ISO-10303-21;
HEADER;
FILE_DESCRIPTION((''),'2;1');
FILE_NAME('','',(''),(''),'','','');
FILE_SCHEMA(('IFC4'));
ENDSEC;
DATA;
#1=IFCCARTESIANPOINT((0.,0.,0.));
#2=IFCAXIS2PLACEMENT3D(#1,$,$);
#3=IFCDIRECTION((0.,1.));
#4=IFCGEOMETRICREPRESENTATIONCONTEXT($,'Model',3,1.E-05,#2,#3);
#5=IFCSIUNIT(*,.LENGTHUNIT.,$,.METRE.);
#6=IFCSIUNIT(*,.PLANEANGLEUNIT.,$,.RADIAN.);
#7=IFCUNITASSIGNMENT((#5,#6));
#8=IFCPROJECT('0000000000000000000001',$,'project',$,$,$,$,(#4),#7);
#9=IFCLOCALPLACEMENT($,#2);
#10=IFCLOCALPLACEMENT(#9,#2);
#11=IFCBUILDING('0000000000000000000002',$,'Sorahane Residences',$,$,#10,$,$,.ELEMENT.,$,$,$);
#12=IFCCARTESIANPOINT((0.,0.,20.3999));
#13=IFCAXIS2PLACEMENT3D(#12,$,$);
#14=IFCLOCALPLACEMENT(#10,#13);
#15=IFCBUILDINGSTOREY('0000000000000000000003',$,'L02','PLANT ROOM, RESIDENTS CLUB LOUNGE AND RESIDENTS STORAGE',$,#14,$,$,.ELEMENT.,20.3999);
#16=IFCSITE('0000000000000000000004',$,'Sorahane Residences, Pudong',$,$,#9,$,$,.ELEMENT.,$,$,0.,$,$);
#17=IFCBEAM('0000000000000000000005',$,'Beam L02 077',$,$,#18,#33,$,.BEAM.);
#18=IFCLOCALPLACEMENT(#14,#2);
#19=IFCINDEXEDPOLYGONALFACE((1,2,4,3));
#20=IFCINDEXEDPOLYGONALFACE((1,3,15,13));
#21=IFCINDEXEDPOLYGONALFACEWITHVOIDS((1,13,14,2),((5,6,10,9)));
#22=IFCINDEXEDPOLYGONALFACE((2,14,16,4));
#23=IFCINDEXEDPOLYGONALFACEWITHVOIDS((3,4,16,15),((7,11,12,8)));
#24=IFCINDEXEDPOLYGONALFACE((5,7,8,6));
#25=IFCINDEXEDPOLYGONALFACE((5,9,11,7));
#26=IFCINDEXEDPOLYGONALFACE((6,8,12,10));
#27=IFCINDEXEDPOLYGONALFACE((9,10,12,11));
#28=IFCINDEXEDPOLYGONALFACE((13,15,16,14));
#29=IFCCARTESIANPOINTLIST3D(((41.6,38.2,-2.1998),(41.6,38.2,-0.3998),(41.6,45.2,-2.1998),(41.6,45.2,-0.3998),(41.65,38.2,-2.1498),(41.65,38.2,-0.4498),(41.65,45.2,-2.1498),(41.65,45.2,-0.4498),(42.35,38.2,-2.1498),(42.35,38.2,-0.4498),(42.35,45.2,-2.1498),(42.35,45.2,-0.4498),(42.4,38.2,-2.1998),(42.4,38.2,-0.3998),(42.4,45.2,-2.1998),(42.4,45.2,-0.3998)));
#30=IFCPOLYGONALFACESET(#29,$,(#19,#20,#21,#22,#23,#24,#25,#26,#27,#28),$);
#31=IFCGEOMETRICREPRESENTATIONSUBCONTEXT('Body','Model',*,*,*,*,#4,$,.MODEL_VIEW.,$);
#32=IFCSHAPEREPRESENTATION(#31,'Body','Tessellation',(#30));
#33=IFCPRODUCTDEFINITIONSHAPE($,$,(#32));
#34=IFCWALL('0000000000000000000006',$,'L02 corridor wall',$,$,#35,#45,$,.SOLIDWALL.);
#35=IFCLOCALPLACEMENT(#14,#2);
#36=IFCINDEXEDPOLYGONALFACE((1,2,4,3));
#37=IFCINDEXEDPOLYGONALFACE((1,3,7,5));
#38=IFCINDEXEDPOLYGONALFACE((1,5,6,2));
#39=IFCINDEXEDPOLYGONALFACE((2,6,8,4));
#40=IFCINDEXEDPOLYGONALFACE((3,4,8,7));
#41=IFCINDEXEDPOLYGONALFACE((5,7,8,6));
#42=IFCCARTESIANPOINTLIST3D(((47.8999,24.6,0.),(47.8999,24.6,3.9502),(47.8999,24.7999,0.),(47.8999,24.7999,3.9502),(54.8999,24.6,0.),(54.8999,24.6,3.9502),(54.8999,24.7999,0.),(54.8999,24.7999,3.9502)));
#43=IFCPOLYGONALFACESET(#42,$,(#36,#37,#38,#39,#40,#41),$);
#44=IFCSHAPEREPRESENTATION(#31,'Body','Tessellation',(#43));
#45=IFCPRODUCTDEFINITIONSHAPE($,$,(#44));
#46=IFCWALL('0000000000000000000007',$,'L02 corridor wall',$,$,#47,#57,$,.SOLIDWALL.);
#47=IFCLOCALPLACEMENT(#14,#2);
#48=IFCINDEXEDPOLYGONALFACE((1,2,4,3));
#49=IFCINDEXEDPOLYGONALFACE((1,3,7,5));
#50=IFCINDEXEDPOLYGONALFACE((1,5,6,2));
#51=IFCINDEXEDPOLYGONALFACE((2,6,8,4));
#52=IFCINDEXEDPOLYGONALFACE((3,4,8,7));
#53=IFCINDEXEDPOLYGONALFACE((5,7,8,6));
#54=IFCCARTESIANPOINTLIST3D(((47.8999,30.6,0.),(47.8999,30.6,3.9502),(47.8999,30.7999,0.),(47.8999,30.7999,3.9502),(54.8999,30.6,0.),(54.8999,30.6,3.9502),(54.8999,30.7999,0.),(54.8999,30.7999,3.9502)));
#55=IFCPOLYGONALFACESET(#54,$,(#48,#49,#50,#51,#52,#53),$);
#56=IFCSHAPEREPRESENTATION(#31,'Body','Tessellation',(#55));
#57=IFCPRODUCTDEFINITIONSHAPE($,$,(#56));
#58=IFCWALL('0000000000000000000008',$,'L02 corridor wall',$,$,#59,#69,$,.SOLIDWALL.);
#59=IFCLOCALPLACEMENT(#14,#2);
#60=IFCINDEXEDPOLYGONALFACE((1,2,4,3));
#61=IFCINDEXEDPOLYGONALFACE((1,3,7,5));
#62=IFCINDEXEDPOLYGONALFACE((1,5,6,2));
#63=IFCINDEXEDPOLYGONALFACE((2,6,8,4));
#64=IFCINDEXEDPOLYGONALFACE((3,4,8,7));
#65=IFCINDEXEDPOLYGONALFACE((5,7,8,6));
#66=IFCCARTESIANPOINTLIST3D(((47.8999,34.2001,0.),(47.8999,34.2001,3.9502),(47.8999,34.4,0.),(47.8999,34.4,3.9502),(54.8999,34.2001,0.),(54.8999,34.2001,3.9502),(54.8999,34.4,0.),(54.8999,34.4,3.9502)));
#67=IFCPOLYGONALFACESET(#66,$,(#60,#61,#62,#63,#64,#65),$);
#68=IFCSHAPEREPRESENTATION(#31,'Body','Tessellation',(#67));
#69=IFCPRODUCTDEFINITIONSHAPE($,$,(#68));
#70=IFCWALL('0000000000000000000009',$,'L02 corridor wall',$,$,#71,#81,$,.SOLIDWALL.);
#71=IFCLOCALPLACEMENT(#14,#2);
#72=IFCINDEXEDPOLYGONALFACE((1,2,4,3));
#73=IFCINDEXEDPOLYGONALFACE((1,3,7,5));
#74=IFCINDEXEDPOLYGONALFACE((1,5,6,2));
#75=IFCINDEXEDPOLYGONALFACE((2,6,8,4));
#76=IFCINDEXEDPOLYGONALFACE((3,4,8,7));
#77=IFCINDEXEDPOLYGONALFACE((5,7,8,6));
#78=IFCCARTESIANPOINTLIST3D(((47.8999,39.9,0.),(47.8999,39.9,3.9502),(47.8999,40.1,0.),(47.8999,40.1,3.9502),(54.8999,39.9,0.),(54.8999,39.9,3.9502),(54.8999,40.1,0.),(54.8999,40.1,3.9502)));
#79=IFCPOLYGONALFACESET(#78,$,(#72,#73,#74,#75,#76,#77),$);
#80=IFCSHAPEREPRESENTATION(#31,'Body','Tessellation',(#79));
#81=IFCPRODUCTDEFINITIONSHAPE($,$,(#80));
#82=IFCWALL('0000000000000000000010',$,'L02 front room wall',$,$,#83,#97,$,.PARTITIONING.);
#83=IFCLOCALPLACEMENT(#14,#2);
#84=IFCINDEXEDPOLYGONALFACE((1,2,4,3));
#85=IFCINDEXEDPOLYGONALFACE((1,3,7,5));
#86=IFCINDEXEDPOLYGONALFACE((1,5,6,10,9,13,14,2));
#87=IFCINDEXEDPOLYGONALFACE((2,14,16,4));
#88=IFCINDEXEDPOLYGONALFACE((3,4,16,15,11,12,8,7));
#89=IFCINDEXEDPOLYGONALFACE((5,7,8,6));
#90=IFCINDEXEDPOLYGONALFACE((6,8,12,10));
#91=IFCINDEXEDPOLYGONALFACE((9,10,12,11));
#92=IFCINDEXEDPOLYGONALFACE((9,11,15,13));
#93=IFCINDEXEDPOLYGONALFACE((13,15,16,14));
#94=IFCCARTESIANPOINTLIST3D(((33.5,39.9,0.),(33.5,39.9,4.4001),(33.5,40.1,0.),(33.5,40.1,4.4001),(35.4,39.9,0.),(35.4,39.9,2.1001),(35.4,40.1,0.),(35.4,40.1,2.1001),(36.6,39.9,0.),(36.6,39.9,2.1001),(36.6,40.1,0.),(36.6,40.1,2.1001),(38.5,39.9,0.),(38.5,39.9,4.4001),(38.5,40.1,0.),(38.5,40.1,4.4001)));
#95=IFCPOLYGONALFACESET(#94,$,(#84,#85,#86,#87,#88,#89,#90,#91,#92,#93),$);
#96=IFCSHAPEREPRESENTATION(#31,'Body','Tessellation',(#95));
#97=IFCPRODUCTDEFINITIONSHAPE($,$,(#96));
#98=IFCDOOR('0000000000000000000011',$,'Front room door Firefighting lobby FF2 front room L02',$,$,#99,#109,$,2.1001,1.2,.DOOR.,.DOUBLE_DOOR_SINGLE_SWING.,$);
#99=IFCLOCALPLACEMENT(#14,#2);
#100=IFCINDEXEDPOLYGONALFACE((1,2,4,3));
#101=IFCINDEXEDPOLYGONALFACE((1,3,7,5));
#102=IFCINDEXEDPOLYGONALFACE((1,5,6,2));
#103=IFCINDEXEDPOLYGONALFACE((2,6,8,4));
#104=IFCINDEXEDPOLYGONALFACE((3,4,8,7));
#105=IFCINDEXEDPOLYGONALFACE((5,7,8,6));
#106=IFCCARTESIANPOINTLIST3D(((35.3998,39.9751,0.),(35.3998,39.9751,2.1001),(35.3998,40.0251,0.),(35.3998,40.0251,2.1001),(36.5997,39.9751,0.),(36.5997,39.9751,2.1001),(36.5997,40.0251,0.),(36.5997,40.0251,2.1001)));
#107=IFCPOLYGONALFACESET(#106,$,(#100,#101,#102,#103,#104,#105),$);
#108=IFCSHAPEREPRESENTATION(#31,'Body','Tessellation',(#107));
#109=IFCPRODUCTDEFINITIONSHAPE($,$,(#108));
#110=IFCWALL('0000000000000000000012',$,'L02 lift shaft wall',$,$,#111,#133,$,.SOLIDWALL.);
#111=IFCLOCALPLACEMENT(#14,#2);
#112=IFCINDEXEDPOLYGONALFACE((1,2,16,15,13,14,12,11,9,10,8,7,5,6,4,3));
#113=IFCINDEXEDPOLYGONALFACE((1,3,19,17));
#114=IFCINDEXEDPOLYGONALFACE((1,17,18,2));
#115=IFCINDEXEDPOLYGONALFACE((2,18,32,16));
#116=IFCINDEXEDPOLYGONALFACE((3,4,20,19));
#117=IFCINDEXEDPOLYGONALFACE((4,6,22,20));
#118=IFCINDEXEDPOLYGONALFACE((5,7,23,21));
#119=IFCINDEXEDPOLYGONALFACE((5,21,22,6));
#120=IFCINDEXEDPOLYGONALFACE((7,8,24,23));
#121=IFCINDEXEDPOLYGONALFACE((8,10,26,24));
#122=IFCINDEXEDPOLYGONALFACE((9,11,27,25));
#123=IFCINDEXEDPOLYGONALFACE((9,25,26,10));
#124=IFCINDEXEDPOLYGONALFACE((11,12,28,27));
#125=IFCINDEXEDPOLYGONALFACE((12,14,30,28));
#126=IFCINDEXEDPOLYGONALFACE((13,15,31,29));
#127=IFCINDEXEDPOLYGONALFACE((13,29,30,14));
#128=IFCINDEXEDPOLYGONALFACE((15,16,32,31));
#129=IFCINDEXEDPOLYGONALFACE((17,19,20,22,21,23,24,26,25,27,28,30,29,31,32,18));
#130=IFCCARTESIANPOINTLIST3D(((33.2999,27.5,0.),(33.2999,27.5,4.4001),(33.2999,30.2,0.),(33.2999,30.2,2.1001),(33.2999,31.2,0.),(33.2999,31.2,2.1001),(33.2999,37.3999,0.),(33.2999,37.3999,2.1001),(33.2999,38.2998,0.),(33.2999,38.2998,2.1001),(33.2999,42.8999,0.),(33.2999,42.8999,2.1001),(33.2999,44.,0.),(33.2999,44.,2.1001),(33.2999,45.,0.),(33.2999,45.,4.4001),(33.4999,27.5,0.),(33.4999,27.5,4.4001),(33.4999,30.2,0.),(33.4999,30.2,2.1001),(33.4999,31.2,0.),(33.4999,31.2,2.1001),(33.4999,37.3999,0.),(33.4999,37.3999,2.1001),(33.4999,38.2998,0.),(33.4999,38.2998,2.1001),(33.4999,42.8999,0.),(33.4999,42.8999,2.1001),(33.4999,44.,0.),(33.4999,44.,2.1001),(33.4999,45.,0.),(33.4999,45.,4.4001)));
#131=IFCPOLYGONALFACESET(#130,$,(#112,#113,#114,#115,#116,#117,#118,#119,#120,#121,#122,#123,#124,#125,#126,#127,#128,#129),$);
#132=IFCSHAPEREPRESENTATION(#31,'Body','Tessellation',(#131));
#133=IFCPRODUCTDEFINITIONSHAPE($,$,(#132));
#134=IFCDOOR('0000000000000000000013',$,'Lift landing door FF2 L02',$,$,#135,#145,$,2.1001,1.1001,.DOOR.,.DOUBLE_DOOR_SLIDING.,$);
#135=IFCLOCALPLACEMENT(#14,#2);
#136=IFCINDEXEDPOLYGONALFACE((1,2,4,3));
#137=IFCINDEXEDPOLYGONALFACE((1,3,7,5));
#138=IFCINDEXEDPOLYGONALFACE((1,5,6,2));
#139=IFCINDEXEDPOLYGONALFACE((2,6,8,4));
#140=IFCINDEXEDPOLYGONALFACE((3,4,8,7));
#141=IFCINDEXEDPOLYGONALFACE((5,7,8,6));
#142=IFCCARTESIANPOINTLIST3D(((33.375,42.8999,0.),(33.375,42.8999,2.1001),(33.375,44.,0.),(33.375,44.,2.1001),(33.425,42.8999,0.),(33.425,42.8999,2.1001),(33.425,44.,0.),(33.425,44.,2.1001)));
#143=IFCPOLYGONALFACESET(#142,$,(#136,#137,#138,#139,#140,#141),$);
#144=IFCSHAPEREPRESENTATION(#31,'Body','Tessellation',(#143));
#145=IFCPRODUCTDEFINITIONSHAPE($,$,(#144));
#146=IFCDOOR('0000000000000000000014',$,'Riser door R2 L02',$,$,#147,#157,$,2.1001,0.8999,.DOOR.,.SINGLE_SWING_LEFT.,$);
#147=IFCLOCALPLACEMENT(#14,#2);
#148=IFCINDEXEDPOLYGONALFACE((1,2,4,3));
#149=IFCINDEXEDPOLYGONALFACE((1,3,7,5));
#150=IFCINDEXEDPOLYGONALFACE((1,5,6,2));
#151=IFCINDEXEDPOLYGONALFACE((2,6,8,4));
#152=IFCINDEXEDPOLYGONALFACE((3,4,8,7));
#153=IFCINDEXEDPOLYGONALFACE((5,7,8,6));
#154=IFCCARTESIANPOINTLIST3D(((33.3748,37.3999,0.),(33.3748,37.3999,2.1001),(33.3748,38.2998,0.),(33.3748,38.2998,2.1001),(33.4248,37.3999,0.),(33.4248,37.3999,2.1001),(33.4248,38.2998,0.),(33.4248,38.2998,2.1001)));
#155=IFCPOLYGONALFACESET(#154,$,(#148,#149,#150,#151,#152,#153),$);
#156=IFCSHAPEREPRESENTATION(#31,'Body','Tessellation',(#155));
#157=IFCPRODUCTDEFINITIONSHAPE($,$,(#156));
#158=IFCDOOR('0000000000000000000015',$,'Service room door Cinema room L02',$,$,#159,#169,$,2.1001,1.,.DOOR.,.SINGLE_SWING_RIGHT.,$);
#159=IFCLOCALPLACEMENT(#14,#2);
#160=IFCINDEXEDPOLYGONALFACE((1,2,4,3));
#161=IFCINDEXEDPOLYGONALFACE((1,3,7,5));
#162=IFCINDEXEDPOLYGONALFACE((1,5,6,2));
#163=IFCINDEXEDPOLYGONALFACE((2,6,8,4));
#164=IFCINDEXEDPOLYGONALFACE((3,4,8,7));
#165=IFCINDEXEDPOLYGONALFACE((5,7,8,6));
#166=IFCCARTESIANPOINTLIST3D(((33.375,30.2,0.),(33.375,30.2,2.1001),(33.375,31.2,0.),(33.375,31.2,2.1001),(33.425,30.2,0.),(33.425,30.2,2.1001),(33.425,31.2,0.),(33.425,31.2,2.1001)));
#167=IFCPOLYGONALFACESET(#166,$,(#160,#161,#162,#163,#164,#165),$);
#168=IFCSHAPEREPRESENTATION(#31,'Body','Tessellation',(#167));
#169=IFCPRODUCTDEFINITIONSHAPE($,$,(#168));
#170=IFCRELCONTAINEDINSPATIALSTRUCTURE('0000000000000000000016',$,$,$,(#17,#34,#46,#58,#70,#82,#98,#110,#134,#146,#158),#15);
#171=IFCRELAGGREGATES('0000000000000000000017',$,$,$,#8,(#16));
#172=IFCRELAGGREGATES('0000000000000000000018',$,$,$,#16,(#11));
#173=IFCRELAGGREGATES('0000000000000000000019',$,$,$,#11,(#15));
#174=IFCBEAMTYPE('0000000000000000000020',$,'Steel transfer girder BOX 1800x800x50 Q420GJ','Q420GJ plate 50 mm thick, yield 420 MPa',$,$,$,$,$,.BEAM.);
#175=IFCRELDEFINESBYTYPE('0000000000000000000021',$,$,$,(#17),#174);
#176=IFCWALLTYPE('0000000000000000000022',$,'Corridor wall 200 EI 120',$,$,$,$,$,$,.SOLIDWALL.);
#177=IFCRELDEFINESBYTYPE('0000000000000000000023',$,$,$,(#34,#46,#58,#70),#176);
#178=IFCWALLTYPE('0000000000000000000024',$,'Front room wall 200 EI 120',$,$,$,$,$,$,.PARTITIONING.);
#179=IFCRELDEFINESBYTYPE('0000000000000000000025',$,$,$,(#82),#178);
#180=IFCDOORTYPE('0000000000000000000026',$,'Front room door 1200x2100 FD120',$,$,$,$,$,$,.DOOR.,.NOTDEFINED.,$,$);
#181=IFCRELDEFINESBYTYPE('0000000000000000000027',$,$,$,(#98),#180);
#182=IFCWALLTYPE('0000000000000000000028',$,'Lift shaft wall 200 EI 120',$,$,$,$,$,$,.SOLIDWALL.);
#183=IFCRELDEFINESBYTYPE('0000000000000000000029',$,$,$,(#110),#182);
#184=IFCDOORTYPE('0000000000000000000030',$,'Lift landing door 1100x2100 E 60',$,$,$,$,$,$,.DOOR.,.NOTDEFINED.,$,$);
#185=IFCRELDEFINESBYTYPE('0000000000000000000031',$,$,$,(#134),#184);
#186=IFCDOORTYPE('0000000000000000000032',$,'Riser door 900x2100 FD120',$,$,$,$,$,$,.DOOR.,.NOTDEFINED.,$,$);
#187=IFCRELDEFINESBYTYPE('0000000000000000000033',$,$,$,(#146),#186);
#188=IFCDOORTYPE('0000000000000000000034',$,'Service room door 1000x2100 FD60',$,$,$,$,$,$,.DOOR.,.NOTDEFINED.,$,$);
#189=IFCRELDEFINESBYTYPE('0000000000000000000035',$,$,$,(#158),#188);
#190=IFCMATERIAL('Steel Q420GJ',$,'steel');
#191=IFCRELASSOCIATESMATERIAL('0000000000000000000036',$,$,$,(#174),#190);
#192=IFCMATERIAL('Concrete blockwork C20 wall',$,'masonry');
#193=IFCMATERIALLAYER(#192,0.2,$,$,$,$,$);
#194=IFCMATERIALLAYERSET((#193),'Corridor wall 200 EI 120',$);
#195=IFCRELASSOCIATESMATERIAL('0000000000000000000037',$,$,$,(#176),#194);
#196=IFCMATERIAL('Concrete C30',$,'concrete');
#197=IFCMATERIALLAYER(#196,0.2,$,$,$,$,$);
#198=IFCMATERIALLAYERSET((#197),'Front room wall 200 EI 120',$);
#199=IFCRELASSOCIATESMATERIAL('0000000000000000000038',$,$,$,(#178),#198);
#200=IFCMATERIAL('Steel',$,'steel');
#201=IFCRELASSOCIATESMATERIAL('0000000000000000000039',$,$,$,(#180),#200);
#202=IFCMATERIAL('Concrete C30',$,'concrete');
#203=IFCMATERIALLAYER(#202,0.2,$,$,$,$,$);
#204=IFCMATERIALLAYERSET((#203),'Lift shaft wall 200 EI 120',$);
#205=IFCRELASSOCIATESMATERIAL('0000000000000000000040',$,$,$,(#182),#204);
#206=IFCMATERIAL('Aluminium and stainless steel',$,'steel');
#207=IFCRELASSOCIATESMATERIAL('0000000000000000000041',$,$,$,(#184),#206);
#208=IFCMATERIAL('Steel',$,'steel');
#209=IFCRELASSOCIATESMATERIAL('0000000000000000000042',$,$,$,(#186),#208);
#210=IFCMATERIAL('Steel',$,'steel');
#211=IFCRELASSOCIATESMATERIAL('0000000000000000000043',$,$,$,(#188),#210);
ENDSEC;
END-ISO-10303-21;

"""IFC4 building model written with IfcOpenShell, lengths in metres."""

from ifc_helpers import new_model, si_unit, direction, frame, frame_2d, origin, origin_2d, place, context, subcontext, project, spatial, rectangle, hollow_rectangle, extrude, material, layer, layer_set, material_profile, profile_set, type_object, element, fill, save


model = new_model("IFC4")

# Units and contexts
model_context = context("Model", 3, precision=1e-05, world=origin(), true_north=direction((0.0, 1.0)))
body_context = subcontext(model_context, "Body", "Model", "MODEL_VIEW")
ifc_project = project(units=[si_unit("LENGTHUNIT", "METRE"), si_unit("PLANEANGLEUNIT", "RADIAN")], contexts=[model_context])

# Site, building, storey
site_placement = place(None, origin())
site = spatial("IfcSite", under=ifc_project, at=site_placement, Name="Sorahane Residences, Pudong", CompositionType="ELEMENT", RefElevation=0.0)
building_placement = place(site_placement, origin())
building = spatial("IfcBuilding", under=site, at=building_placement, Name="Sorahane Residences", CompositionType="ELEMENT")
storey_placement = place(building_placement, frame((0.0, 0.0, 20.3999)))
storey = spatial("IfcBuildingStorey", under=building, at=storey_placement, Name="L02", Description="PLANT ROOM, RESIDENTS CLUB LOUNGE AND RESIDENTS STORAGE", CompositionType="ELEMENT", Elevation=20.3999)

# Beam
ifc_material_1 = material(Name="Steel Q420GJ", Category="steel")
ifc_material_profile_1 = material_profile(ifc_material_1, hollow_rectangle(XDim=0.8, YDim=1.8, WallThickness=0.05, at=origin_2d()), Name="BOX 1800x800x50")
ifc_profile_set_1 = profile_set([ifc_material_profile_1], Name="Steel Q420GJ")
beam_type_1 = type_object("IfcBeamType", Name="Steel transfer girder BOX 1800x800x50 Q420GJ", Description="Q420GJ plate 50 mm thick, yield 420 MPa", PredefinedType="BEAM", material=ifc_profile_set_1)
for number, where, z_axis, x_axis, name in (
    (1, (42.0, 38.2, -1.2998), (0.0, 1.0, 0.0), (-1.0, 0.0, 0.0), "Beam L02 077"),
):
    element("IfcBeam", number, at=place(storey_placement, frame(where, z_axis=z_axis, x_axis=x_axis)), inside=storey, type_object=beam_type_1, Name=name, PredefinedType="BEAM", context=body_context, shape_type="SweptSolid", body=[
        extrude(hollow_rectangle(XDim=0.8, YDim=1.8, WallThickness=0.05, at=origin_2d()), origin(), (0.0, 0.0, 1.0), 7.0),
    ])

# Walls
ifc_material_2 = material(Name="Concrete blockwork C20 wall", Category="masonry")
ifc_layer_1 = layer(ifc_material_2, 0.2)
ifc_layer_set_1 = layer_set([ifc_layer_1], Name="Corridor wall 200 EI 120")
wall_type_1 = type_object("IfcWallType", Name="Corridor wall 200 EI 120", PredefinedType="SOLIDWALL", material=ifc_layer_set_1)
for number, where, z_axis, x_axis, name in (
    (2, (47.8999, 24.7, 0.0), (0.0, 0.0, 1.0), (1.0, 0.0, 0.0), "L02 corridor wall"),
    (3, (47.8999, 30.7, 0.0), (0.0, 0.0, 1.0), (1.0, 0.0, 0.0), "L02 corridor wall"),
    (4, (47.8999, 34.3, 0.0), (0.0, 0.0, 1.0), (1.0, 0.0, 0.0), "L02 corridor wall"),
    (5, (47.8999, 40.0, 0.0), (0.0, 0.0, 1.0), (1.0, 0.0, 0.0), "L02 corridor wall"),
):
    element("IfcWall", number, at=place(storey_placement, frame(where, z_axis=z_axis, x_axis=x_axis)), inside=storey, type_object=wall_type_1, Name=name, PredefinedType="SOLIDWALL", context=body_context, shape_type="SweptSolid", body=[
        extrude(rectangle(XDim=7.0, YDim=0.2, at=frame_2d((3.5, 0.0))), origin(), (0.0, 0.0, 1.0), 3.9502),
    ])

# Wall, opening, door
ifc_material_3 = material(Name="Concrete C30", Category="concrete")
ifc_layer_2 = layer(ifc_material_3, 0.2)
ifc_layer_set_2 = layer_set([ifc_layer_2], Name="Front room wall 200 EI 120")
wall_type_2 = type_object("IfcWallType", Name="Front room wall 200 EI 120", PredefinedType="PARTITIONING", material=ifc_layer_set_2)
wall_1_placement = place(storey_placement, frame((33.5, 40.0, 0.0), z_axis=(0.0, 0.0, 1.0), x_axis=(1.0, 0.0, 0.0)))
wall_1 = element("IfcWall", 6, at=wall_1_placement, inside=storey, type_object=wall_type_2, Name="L02 front room wall", PredefinedType="PARTITIONING", context=body_context, shape_type="SweptSolid", body=[
    extrude(rectangle(XDim=5.0, YDim=0.2, at=frame_2d((2.5, 0.0))), origin(), (0.0, 0.0, 1.0), 4.4001),
])
opening_1_placement = place(wall_1_placement, frame((1.8999, 0.0, 0.0)))
opening_1 = element("IfcOpeningElement", 7, at=opening_1_placement, cuts=wall_1, PredefinedType="OPENING", context=body_context, shape_type="SweptSolid", body=[
    extrude(rectangle(XDim=1.2, YDim=2.1001, at=frame_2d((0.6001, 1.05))), frame((0.0, 0.1099, 0.0), z_axis=(0.0, -1.0, 0.0), x_axis=(1.0, 0.0, 0.0)), (0.0, 0.0, 1.0), 0.22),
])
ifc_material_4 = material(Name="Steel", Category="steel")
door_type_1 = type_object("IfcDoorType", Name="Front room door 1200x2100 FD120", OperationType="NOTDEFINED", PredefinedType="DOOR", material=ifc_material_4)
door_1_placement = place(opening_1_placement, frame((1.2, 0.0, 0.0), z_axis=(0.0, 0.0, 1.0), x_axis=(-1.0, 0.0, 0.0)))
door_1 = element("IfcDoor", 8, at=door_1_placement, inside=storey, type_object=door_type_1, Name="Front room door Firefighting lobby FF2 front room L02", OperationType="DOUBLE_DOOR_SINGLE_SWING", OverallHeight=2.1001, OverallWidth=1.2, PredefinedType="DOOR", context=body_context, shape_type="SweptSolid", body=[
    extrude(rectangle(XDim=1.2, YDim=2.1001, at=frame_2d((0.6001, 1.05))), frame((0.0, 0.0249, 0.0), z_axis=(0.0, -1.0, 0.0), x_axis=(1.0, 0.0, 0.0)), (0.0, 0.0, 1.0), 0.05),
])
fill(opening_1, door_1)

# Wall, openings, doors
ifc_material_5 = material(Name="Concrete C30", Category="concrete")
ifc_layer_3 = layer(ifc_material_5, 0.2)
ifc_layer_set_3 = layer_set([ifc_layer_3], Name="Lift shaft wall 200 EI 120")
wall_type_3 = type_object("IfcWallType", Name="Lift shaft wall 200 EI 120", PredefinedType="SOLIDWALL", material=ifc_layer_set_3)
wall_2_placement = place(storey_placement, frame((33.3999, 27.5, 0.0), z_axis=(0.0, 0.0, 1.0), x_axis=(0.0, 1.0, 0.0)))
wall_2 = element("IfcWall", 9, at=wall_2_placement, inside=storey, type_object=wall_type_3, Name="L02 lift shaft wall", PredefinedType="SOLIDWALL", context=body_context, shape_type="SweptSolid", body=[
    extrude(rectangle(XDim=17.5, YDim=0.2, at=frame_2d((8.75, 0.0))), origin(), (0.0, 0.0, 1.0), 4.4001),
])
opening_2_placement = place(wall_2_placement, frame((15.3999, 0.0, 0.0)))
opening_2 = element("IfcOpeningElement", 10, at=opening_2_placement, cuts=wall_2, PredefinedType="OPENING", context=body_context, shape_type="SweptSolid", body=[
    extrude(rectangle(XDim=1.1001, YDim=2.1001, at=frame_2d((0.55, 1.05))), frame((0.0, 0.1099, 0.0), z_axis=(0.0, -1.0, 0.0), x_axis=(1.0, 0.0, 0.0)), (0.0, 0.0, 1.0), 0.22),
])
opening_3_placement = place(wall_2_placement, frame((2.7, 0.0, 0.0)))
opening_3 = element("IfcOpeningElement", 11, at=opening_3_placement, cuts=wall_2, PredefinedType="OPENING", context=body_context, shape_type="SweptSolid", body=[
    extrude(rectangle(XDim=1.0, YDim=2.1001, at=frame_2d((0.5, 1.05))), frame((0.0, 0.1099, 0.0), z_axis=(0.0, -1.0, 0.0), x_axis=(1.0, 0.0, 0.0)), (0.0, 0.0, 1.0), 0.22),
])
opening_4_placement = place(wall_2_placement, frame((9.8999, 0.0, 0.0)))
opening_4 = element("IfcOpeningElement", 12, at=opening_4_placement, cuts=wall_2, PredefinedType="OPENING", context=body_context, shape_type="SweptSolid", body=[
    extrude(rectangle(XDim=0.8999, YDim=2.1001, at=frame_2d((0.45, 1.05))), frame((0.0, 0.1099, 0.0), z_axis=(0.0, -1.0, 0.0), x_axis=(1.0, 0.0, 0.0)), (0.0, 0.0, 1.0), 0.22),
])
ifc_material_6 = material(Name="Aluminium and stainless steel", Category="steel")
door_type_2 = type_object("IfcDoorType", Name="Lift landing door 1100x2100 E 60", OperationType="NOTDEFINED", PredefinedType="DOOR", material=ifc_material_6)
door_2_placement = place(opening_2_placement, origin())
door_2 = element("IfcDoor", 13, at=door_2_placement, inside=storey, type_object=door_type_2, Name="Lift landing door FF2 L02", OperationType="DOUBLE_DOOR_SLIDING", OverallHeight=2.1001, OverallWidth=1.1001, PredefinedType="DOOR", context=body_context, shape_type="SweptSolid", body=[
    extrude(rectangle(XDim=1.1001, YDim=2.1001, at=frame_2d((0.55, 1.05))), frame((0.0, 0.0249, 0.0), z_axis=(0.0, -1.0, 0.0), x_axis=(1.0, 0.0, 0.0)), (0.0, 0.0, 1.0), 0.05),
])
fill(opening_2, door_2)
ifc_material_7 = material(Name="Steel", Category="steel")
door_type_3 = type_object("IfcDoorType", Name="Riser door 900x2100 FD120", OperationType="NOTDEFINED", PredefinedType="DOOR", material=ifc_material_7)
door_3_placement = place(opening_4_placement, frame((0.8999, 0.0, 0.0), z_axis=(0.0, 0.0, 1.0), x_axis=(-1.0, 0.0, 0.0)))
door_3 = element("IfcDoor", 14, at=door_3_placement, inside=storey, type_object=door_type_3, Name="Riser door R2 L02", OperationType="SINGLE_SWING_LEFT", OverallHeight=2.1001, OverallWidth=0.8999, PredefinedType="DOOR", context=body_context, shape_type="SweptSolid", body=[
    extrude(rectangle(XDim=0.8999, YDim=2.1001, at=frame_2d((0.45, 1.05))), frame((0.0, 0.0249, 0.0), z_axis=(0.0, -1.0, 0.0), x_axis=(1.0, 0.0, 0.0)), (0.0, 0.0, 1.0), 0.05),
])
fill(opening_4, door_3)
ifc_material_8 = material(Name="Steel", Category="steel")
door_type_4 = type_object("IfcDoorType", Name="Service room door 1000x2100 FD60", OperationType="NOTDEFINED", PredefinedType="DOOR", material=ifc_material_8)
door_4_placement = place(opening_3_placement, origin())
door_4 = element("IfcDoor", 15, at=door_4_placement, inside=storey, type_object=door_type_4, Name="Service room door Cinema room L02", OperationType="SINGLE_SWING_RIGHT", OverallHeight=2.1001, OverallWidth=1.0, PredefinedType="DOOR", context=body_context, shape_type="SweptSolid", body=[
    extrude(rectangle(XDim=1.0, YDim=2.1001, at=frame_2d((0.5, 1.05))), frame((0.0, 0.0249, 0.0), z_axis=(0.0, -1.0, 0.0), x_axis=(1.0, 0.0, 0.0)), (0.0, 0.0, 1.0), 0.05),
])
fill(opening_3, door_4)

save(model, "model.ifc")
